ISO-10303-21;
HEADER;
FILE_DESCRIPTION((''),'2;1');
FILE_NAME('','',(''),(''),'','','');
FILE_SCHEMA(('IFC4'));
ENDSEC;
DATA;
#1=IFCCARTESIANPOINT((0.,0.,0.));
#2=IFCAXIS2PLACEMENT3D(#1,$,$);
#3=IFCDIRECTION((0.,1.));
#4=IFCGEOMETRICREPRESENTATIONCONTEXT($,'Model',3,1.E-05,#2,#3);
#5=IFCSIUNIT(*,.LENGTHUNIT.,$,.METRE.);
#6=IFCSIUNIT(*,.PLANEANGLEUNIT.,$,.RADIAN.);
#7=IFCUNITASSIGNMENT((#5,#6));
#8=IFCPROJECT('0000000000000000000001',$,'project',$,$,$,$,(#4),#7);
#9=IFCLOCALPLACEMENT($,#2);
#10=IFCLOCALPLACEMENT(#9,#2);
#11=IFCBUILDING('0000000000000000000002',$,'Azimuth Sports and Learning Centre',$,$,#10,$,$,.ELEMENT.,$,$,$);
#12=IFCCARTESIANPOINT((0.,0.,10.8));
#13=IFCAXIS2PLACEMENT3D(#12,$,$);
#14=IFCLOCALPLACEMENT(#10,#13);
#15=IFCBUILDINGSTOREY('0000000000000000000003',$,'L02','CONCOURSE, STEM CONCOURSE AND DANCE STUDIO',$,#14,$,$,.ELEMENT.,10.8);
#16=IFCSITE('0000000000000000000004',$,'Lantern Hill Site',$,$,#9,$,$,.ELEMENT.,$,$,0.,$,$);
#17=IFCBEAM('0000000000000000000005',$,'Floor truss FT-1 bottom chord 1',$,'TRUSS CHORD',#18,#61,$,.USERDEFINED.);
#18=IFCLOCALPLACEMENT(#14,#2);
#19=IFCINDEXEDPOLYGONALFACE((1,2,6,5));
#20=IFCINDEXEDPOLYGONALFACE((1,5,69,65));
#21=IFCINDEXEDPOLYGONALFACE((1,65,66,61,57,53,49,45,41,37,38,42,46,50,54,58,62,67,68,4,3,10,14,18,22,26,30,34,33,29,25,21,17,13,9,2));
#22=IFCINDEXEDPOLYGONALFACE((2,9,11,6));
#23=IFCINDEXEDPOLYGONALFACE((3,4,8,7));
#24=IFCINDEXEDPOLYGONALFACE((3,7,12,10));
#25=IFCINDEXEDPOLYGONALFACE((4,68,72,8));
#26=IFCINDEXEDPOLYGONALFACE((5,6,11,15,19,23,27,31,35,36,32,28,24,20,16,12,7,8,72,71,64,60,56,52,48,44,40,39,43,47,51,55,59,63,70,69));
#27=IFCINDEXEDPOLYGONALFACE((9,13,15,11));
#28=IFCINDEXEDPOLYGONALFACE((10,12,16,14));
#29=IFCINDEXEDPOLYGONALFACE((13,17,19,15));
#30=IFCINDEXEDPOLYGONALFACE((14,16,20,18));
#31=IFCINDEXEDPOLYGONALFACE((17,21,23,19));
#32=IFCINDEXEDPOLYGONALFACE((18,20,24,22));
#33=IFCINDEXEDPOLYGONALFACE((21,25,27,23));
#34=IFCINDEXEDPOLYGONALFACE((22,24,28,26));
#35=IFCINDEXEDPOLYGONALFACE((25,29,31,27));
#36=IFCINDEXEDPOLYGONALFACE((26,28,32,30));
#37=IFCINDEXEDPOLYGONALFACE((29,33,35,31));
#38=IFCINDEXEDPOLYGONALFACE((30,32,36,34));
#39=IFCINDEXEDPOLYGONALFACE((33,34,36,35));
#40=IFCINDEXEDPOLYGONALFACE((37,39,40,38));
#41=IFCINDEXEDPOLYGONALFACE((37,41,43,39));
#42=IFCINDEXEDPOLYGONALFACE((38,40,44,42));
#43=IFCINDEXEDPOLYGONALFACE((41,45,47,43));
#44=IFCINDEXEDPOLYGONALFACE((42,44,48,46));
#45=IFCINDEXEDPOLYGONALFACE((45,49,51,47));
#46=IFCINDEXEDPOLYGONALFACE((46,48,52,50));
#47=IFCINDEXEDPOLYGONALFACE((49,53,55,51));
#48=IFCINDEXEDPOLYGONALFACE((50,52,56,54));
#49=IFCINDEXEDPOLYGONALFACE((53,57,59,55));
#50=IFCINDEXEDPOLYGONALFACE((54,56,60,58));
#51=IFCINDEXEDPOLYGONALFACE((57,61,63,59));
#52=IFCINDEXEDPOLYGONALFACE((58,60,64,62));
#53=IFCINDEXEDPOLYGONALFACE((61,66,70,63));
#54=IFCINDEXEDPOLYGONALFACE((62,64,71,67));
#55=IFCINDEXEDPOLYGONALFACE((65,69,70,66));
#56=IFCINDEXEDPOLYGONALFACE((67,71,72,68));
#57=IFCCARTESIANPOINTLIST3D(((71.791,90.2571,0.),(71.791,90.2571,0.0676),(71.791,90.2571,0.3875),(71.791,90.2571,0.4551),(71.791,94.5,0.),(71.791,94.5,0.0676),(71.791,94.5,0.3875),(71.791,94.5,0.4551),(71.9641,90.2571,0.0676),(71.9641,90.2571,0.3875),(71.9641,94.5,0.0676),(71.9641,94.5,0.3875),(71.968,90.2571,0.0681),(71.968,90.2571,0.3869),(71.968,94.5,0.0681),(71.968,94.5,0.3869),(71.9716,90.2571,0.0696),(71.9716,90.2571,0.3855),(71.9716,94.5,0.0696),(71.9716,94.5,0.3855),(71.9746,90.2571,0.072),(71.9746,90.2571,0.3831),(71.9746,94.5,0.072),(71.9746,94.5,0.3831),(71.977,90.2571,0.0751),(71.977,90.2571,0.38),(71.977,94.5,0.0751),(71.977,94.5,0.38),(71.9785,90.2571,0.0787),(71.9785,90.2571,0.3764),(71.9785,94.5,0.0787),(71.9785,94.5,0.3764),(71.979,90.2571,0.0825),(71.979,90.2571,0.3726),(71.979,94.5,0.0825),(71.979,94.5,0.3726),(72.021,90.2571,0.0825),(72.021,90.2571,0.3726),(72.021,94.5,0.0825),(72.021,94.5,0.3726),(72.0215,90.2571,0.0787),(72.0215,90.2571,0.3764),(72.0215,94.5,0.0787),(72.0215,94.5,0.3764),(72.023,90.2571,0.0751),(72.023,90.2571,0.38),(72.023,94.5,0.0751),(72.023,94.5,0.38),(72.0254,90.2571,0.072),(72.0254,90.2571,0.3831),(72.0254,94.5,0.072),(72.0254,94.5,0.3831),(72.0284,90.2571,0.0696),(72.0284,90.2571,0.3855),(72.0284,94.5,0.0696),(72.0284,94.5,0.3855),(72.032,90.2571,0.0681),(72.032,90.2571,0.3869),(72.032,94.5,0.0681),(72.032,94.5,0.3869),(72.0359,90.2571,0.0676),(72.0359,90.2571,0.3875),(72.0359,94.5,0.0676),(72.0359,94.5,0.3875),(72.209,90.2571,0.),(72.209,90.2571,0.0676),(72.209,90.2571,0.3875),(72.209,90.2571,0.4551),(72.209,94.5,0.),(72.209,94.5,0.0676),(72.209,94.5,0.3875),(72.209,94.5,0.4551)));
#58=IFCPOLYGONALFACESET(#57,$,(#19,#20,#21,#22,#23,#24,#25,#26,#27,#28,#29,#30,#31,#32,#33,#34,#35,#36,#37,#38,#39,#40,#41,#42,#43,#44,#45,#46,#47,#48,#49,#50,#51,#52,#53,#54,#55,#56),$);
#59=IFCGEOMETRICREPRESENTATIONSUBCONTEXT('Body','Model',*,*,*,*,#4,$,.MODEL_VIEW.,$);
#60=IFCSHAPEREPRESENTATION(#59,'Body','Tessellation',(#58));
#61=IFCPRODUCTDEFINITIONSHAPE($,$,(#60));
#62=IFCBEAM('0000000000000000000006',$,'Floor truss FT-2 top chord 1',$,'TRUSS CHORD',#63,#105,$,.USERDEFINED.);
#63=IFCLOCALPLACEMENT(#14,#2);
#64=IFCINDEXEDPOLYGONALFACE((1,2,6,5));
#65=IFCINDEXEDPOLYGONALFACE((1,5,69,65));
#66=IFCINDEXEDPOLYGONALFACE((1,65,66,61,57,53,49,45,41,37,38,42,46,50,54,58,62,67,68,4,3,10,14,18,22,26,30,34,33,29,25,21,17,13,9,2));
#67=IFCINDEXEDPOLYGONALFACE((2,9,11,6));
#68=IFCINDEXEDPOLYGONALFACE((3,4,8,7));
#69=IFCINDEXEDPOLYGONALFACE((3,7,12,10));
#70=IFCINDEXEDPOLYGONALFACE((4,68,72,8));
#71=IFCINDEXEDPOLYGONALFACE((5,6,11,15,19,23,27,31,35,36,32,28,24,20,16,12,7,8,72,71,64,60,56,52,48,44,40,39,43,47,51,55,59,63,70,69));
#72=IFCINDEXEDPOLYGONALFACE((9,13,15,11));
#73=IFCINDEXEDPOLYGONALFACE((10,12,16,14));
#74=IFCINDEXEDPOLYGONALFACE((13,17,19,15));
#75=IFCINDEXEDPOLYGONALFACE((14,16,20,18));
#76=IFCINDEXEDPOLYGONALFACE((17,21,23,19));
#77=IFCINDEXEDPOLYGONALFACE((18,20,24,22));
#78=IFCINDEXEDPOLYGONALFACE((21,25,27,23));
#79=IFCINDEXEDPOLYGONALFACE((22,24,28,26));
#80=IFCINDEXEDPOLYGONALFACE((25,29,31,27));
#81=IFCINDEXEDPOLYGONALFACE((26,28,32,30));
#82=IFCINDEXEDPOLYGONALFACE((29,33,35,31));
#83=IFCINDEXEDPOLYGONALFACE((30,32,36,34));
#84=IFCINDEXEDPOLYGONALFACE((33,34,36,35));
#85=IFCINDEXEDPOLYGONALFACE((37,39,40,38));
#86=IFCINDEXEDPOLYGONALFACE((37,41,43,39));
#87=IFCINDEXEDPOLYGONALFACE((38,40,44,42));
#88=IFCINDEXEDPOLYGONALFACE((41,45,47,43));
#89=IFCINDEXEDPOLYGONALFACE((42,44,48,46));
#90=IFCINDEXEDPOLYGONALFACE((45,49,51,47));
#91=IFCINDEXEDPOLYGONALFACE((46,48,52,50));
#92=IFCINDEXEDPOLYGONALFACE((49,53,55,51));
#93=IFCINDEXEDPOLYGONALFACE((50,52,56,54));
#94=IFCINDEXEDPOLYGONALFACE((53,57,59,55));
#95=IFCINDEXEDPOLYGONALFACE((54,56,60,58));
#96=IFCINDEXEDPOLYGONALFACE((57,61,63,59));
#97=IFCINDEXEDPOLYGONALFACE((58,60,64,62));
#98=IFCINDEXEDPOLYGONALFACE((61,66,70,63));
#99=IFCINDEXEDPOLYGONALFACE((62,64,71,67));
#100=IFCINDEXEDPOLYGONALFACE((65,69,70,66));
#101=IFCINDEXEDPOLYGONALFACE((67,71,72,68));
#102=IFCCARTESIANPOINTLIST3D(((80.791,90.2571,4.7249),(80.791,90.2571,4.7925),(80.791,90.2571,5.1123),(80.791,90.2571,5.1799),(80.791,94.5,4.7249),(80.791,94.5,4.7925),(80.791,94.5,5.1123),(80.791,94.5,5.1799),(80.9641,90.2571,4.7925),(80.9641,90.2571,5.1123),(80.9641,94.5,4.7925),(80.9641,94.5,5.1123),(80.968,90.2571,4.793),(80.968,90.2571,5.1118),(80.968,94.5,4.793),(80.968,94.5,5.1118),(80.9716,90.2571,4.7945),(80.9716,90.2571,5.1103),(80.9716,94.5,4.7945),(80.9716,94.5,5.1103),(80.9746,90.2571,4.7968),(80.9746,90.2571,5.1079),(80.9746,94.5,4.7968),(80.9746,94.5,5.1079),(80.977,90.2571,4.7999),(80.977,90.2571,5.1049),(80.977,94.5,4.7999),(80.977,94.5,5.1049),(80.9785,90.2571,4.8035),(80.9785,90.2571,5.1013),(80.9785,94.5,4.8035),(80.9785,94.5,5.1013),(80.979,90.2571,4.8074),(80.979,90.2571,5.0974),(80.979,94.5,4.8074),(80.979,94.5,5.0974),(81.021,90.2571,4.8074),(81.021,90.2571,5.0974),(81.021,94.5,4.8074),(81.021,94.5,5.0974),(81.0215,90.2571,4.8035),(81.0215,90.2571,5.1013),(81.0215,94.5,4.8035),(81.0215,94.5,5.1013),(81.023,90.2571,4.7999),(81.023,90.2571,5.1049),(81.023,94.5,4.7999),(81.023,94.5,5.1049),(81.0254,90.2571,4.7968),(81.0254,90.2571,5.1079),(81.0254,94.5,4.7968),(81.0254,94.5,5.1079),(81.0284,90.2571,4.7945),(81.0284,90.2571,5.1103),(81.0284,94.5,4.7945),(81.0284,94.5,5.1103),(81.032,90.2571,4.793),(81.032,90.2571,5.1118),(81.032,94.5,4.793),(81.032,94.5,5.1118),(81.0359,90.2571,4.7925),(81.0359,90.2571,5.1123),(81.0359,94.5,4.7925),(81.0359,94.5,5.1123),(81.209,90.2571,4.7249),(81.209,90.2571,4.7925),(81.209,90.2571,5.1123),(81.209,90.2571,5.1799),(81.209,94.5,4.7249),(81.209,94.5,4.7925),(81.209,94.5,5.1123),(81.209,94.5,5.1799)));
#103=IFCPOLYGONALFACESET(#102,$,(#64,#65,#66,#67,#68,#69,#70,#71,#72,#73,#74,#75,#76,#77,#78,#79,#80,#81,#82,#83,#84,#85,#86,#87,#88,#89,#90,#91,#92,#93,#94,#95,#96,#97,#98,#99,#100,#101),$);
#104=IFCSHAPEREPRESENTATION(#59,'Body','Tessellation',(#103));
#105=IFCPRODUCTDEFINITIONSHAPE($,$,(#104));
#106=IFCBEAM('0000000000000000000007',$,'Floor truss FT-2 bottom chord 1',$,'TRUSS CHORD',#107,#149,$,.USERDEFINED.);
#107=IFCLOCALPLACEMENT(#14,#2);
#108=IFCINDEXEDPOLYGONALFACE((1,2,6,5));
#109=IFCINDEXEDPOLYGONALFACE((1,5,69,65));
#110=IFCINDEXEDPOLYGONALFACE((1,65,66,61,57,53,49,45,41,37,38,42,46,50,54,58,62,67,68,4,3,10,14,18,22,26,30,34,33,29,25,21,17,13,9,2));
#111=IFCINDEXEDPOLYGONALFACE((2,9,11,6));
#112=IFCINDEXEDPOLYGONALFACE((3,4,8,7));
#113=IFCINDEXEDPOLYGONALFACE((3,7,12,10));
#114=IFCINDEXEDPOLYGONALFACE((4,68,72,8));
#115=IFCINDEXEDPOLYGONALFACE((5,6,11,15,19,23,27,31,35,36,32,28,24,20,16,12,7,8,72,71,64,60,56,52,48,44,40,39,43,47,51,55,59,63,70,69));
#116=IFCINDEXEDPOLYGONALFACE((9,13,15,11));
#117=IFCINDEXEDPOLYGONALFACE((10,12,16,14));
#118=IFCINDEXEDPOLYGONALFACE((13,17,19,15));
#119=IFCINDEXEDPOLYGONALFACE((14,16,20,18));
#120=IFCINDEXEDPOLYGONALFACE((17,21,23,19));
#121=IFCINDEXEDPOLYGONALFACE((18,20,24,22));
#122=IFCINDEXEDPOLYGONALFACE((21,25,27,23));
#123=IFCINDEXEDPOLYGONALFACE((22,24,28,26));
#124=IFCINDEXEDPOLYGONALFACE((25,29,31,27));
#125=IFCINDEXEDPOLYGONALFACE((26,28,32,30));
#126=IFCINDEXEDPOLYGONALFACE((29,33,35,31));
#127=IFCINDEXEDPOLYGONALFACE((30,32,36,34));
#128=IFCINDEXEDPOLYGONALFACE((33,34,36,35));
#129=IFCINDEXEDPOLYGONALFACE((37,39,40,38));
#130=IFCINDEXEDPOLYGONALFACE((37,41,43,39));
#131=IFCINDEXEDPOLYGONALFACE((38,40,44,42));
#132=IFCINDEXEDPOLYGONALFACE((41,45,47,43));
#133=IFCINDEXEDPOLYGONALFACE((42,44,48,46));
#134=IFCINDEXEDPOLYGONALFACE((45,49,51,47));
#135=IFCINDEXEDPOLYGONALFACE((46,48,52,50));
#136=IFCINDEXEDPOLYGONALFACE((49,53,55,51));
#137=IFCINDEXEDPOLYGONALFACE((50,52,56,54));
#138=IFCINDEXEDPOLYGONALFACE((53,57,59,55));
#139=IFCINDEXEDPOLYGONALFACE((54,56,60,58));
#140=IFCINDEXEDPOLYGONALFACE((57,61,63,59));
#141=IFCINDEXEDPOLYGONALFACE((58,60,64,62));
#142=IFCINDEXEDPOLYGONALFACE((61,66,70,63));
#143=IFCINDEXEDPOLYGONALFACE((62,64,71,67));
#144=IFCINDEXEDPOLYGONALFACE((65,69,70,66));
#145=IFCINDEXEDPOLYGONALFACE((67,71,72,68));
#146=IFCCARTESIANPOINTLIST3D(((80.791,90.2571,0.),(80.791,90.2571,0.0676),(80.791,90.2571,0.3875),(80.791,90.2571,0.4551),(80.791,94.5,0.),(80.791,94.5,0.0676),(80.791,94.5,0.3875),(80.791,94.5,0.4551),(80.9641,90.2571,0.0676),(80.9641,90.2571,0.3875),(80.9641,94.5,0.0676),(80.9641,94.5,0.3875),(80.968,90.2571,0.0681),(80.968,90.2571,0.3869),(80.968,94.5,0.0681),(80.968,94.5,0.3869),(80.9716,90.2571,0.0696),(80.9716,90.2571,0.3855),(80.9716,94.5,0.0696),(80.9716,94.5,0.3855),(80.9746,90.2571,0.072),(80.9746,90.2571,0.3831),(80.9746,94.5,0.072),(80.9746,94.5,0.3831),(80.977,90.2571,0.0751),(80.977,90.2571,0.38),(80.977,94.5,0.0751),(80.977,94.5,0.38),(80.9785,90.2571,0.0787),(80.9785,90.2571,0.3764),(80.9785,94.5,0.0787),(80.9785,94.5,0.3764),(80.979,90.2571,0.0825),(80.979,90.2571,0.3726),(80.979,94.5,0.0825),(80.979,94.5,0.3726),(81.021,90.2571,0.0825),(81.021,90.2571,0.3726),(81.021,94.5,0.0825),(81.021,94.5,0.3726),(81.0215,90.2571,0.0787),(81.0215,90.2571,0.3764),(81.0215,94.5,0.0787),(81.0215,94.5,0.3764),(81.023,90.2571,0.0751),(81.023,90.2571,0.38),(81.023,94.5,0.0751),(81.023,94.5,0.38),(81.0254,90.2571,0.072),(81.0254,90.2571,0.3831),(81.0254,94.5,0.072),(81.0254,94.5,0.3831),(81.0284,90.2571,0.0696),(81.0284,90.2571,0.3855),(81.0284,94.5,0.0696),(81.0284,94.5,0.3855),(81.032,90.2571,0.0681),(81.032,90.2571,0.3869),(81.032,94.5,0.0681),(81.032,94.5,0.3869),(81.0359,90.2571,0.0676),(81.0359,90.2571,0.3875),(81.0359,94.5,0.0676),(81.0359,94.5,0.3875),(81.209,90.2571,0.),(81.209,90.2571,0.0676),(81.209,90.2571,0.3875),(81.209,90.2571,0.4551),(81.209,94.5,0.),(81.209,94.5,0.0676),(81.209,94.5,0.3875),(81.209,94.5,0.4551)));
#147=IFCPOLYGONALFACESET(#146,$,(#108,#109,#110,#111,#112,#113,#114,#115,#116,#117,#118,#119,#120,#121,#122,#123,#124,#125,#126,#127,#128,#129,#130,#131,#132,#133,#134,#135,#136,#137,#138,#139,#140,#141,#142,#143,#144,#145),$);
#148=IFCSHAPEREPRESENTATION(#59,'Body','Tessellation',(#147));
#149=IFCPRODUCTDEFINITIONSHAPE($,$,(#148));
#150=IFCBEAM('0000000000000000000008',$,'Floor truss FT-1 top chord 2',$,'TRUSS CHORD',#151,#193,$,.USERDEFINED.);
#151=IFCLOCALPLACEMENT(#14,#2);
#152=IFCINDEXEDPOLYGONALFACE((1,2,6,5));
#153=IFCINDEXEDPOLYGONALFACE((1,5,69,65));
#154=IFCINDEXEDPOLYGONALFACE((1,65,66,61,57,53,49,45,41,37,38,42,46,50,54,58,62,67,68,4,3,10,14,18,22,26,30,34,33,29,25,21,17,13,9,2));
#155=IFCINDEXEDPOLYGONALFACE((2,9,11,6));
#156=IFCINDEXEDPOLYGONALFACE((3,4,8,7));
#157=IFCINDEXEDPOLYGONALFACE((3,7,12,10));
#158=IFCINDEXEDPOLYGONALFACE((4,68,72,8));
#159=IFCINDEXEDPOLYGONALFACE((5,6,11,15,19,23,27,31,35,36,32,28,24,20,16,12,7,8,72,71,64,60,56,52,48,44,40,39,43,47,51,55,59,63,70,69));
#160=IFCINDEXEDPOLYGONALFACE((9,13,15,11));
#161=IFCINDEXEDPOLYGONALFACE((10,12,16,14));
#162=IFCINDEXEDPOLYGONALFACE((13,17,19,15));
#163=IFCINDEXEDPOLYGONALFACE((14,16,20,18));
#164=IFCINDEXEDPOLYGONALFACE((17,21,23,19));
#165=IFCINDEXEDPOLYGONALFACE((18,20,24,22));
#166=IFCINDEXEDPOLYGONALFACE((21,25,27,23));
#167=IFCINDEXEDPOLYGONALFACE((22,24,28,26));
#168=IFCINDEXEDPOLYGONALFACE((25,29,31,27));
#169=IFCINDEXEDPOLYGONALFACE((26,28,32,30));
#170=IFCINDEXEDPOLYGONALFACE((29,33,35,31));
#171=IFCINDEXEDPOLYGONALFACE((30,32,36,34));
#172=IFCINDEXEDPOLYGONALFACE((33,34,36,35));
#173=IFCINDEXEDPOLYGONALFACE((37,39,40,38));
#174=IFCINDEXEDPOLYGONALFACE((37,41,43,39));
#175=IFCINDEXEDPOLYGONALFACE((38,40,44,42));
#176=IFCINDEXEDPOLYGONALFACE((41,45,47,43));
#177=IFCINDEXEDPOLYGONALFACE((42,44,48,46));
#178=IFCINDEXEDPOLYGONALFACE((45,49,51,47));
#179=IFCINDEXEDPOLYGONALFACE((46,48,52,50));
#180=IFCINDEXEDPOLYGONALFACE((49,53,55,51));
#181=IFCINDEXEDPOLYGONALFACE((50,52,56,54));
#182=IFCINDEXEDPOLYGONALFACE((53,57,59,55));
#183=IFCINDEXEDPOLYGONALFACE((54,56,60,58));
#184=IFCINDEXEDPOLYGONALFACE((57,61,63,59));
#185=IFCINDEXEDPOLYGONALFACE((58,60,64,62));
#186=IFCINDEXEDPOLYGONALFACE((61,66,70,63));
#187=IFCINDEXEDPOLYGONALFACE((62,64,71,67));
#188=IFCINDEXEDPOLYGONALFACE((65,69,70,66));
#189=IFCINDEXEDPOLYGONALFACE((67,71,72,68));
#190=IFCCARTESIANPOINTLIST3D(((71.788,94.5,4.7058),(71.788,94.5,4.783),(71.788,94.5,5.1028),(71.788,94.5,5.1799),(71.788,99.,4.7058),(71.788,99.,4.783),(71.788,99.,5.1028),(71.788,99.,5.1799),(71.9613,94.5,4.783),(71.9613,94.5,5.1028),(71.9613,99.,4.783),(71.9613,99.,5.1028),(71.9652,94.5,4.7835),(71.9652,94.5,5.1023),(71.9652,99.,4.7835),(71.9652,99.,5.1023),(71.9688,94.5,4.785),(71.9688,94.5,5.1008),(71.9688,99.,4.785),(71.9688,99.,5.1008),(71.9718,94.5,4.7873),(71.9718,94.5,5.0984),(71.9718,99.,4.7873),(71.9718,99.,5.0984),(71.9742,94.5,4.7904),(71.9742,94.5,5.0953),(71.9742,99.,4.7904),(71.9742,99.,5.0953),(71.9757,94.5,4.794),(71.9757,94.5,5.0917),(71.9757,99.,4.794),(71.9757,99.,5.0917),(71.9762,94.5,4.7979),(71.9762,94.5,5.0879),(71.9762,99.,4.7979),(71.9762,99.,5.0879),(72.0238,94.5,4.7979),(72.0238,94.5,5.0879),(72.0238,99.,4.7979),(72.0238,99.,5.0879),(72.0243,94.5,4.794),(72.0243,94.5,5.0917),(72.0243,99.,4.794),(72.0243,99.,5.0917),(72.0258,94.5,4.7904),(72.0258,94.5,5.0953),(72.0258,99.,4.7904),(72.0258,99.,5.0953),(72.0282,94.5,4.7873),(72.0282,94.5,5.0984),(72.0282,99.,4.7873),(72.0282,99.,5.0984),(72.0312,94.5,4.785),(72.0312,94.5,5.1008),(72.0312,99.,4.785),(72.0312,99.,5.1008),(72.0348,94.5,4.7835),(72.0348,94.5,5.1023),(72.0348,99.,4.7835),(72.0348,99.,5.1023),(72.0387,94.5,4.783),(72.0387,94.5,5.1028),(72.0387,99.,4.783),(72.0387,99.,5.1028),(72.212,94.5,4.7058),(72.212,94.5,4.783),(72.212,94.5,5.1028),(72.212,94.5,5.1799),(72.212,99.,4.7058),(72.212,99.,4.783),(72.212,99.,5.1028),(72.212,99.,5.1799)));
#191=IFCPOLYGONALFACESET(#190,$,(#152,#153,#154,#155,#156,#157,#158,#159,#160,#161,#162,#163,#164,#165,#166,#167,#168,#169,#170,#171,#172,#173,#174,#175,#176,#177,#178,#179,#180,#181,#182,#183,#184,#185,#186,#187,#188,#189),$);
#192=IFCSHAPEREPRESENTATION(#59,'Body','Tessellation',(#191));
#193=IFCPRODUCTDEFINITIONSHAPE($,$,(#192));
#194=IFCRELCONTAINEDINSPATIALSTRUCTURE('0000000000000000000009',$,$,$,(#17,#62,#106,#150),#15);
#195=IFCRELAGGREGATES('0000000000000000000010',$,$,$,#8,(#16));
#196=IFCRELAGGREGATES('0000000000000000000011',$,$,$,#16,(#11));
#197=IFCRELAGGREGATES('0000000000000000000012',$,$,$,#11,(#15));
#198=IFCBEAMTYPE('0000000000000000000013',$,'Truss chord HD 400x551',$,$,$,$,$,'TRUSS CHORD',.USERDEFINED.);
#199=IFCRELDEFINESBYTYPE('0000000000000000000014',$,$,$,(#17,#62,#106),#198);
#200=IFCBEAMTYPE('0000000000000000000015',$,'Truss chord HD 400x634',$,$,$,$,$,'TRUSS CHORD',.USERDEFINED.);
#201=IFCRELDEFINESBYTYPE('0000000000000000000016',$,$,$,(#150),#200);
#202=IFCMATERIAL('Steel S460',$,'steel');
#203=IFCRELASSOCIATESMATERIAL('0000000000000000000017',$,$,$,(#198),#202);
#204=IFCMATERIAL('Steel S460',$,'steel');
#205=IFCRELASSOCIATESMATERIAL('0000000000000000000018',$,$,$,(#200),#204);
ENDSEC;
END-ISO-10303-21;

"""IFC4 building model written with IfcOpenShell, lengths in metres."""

from ifc_helpers import new_model, si_unit, direction, frame, origin, origin_2d, place, context, subcontext, project, spatial, i_section, extrude, material, material_profile, profile_set, type_object, element, save


model = new_model("IFC4")

# Units and contexts
model_context = context("Model", 3, precision=1e-05, world=origin(), true_north=direction((0.0, 1.0)))
body_context = subcontext(model_context, "Body", "Model", "MODEL_VIEW")
ifc_project = project(units=[si_unit("LENGTHUNIT", "METRE"), si_unit("PLANEANGLEUNIT", "RADIAN")], contexts=[model_context])

# Site, building, storey
site_placement = place(None, origin())
site = spatial("IfcSite", under=ifc_project, at=site_placement, Name="Lantern Hill Site", CompositionType="ELEMENT", RefElevation=0.0)
building_placement = place(site_placement, origin())
building = spatial("IfcBuilding", under=site, at=building_placement, Name="Azimuth Sports and Learning Centre", CompositionType="ELEMENT")
storey_placement = place(building_placement, frame((0.0, 0.0, 10.8)))
storey = spatial("IfcBuildingStorey", under=building, at=storey_placement, Name="L02", Description="CONCOURSE, STEM CONCOURSE AND DANCE STUDIO", CompositionType="ELEMENT", Elevation=10.8)

# Beams
ifc_material_1 = material(Name="Steel S460", Category="steel")
ifc_material_profile_1 = material_profile(ifc_material_1, i_section(OverallWidth=0.418, OverallDepth=0.4551, WebThickness=0.042, FlangeThickness=0.0676, FilletRadius=0.0149, at=origin_2d()), Name="HD 400x551")
ifc_profile_set_1 = profile_set([ifc_material_profile_1], Name="Steel S460")
beam_type_1 = type_object("IfcBeamType", Name="Truss chord HD 400x551", ElementType="TRUSS CHORD", PredefinedType="USERDEFINED", material=ifc_profile_set_1)
for number, where, z_axis, x_axis, name in (
    (1, (72.0, 90.2571, 0.2275), (0.0, 1.0, 0.0), (-1.0, 0.0, 0.0), "Floor truss FT-1 bottom chord 1"),
    (2, (81.0, 90.2571, 4.9524), (0.0, 1.0, 0.0), (-1.0, 0.0, 0.0), "Floor truss FT-2 top chord 1"),
    (3, (81.0, 90.2571, 0.2275), (0.0, 1.0, 0.0), (-1.0, 0.0, 0.0), "Floor truss FT-2 bottom chord 1"),
):
    element("IfcBeam", number, at=place(storey_placement, frame(where, z_axis=z_axis, x_axis=x_axis)), inside=storey, type_object=beam_type_1, Name=name, ObjectType="TRUSS CHORD", PredefinedType="USERDEFINED", context=body_context, shape_type="SweptSolid", body=[
        extrude(i_section(OverallWidth=0.418, OverallDepth=0.4551, WebThickness=0.042, FlangeThickness=0.0676, FilletRadius=0.0149, at=origin_2d()), origin(), (0.0, 0.0, 1.0), 4.2429),
    ])
ifc_material_2 = material(Name="Steel S460", Category="steel")
ifc_material_profile_2 = material_profile(ifc_material_2, i_section(OverallWidth=0.4241, OverallDepth=0.4741, WebThickness=0.0476, FlangeThickness=0.0771, FilletRadius=0.0149, at=origin_2d()), Name="HD 400x634")
ifc_profile_set_2 = profile_set([ifc_material_profile_2], Name="Steel S460")
beam_type_2 = type_object("IfcBeamType", Name="Truss chord HD 400x634", ElementType="TRUSS CHORD", PredefinedType="USERDEFINED", material=ifc_profile_set_2)
for number, where, z_axis, x_axis, name in (
    (4, (72.0, 94.5, 4.9429), (0.0, 1.0, 0.0), (-1.0, 0.0, 0.0), "Floor truss FT-1 top chord 2"),
):
    element("IfcBeam", number, at=place(storey_placement, frame(where, z_axis=z_axis, x_axis=x_axis)), inside=storey, type_object=beam_type_2, Name=name, ObjectType="TRUSS CHORD", PredefinedType="USERDEFINED", context=body_context, shape_type="SweptSolid", body=[
        extrude(i_section(OverallWidth=0.4241, OverallDepth=0.4741, WebThickness=0.0476, FlangeThickness=0.0771, FilletRadius=0.0149, at=origin_2d()), origin(), (0.0, 0.0, 1.0), 4.5),
    ])

save(model, "model.ifc")
